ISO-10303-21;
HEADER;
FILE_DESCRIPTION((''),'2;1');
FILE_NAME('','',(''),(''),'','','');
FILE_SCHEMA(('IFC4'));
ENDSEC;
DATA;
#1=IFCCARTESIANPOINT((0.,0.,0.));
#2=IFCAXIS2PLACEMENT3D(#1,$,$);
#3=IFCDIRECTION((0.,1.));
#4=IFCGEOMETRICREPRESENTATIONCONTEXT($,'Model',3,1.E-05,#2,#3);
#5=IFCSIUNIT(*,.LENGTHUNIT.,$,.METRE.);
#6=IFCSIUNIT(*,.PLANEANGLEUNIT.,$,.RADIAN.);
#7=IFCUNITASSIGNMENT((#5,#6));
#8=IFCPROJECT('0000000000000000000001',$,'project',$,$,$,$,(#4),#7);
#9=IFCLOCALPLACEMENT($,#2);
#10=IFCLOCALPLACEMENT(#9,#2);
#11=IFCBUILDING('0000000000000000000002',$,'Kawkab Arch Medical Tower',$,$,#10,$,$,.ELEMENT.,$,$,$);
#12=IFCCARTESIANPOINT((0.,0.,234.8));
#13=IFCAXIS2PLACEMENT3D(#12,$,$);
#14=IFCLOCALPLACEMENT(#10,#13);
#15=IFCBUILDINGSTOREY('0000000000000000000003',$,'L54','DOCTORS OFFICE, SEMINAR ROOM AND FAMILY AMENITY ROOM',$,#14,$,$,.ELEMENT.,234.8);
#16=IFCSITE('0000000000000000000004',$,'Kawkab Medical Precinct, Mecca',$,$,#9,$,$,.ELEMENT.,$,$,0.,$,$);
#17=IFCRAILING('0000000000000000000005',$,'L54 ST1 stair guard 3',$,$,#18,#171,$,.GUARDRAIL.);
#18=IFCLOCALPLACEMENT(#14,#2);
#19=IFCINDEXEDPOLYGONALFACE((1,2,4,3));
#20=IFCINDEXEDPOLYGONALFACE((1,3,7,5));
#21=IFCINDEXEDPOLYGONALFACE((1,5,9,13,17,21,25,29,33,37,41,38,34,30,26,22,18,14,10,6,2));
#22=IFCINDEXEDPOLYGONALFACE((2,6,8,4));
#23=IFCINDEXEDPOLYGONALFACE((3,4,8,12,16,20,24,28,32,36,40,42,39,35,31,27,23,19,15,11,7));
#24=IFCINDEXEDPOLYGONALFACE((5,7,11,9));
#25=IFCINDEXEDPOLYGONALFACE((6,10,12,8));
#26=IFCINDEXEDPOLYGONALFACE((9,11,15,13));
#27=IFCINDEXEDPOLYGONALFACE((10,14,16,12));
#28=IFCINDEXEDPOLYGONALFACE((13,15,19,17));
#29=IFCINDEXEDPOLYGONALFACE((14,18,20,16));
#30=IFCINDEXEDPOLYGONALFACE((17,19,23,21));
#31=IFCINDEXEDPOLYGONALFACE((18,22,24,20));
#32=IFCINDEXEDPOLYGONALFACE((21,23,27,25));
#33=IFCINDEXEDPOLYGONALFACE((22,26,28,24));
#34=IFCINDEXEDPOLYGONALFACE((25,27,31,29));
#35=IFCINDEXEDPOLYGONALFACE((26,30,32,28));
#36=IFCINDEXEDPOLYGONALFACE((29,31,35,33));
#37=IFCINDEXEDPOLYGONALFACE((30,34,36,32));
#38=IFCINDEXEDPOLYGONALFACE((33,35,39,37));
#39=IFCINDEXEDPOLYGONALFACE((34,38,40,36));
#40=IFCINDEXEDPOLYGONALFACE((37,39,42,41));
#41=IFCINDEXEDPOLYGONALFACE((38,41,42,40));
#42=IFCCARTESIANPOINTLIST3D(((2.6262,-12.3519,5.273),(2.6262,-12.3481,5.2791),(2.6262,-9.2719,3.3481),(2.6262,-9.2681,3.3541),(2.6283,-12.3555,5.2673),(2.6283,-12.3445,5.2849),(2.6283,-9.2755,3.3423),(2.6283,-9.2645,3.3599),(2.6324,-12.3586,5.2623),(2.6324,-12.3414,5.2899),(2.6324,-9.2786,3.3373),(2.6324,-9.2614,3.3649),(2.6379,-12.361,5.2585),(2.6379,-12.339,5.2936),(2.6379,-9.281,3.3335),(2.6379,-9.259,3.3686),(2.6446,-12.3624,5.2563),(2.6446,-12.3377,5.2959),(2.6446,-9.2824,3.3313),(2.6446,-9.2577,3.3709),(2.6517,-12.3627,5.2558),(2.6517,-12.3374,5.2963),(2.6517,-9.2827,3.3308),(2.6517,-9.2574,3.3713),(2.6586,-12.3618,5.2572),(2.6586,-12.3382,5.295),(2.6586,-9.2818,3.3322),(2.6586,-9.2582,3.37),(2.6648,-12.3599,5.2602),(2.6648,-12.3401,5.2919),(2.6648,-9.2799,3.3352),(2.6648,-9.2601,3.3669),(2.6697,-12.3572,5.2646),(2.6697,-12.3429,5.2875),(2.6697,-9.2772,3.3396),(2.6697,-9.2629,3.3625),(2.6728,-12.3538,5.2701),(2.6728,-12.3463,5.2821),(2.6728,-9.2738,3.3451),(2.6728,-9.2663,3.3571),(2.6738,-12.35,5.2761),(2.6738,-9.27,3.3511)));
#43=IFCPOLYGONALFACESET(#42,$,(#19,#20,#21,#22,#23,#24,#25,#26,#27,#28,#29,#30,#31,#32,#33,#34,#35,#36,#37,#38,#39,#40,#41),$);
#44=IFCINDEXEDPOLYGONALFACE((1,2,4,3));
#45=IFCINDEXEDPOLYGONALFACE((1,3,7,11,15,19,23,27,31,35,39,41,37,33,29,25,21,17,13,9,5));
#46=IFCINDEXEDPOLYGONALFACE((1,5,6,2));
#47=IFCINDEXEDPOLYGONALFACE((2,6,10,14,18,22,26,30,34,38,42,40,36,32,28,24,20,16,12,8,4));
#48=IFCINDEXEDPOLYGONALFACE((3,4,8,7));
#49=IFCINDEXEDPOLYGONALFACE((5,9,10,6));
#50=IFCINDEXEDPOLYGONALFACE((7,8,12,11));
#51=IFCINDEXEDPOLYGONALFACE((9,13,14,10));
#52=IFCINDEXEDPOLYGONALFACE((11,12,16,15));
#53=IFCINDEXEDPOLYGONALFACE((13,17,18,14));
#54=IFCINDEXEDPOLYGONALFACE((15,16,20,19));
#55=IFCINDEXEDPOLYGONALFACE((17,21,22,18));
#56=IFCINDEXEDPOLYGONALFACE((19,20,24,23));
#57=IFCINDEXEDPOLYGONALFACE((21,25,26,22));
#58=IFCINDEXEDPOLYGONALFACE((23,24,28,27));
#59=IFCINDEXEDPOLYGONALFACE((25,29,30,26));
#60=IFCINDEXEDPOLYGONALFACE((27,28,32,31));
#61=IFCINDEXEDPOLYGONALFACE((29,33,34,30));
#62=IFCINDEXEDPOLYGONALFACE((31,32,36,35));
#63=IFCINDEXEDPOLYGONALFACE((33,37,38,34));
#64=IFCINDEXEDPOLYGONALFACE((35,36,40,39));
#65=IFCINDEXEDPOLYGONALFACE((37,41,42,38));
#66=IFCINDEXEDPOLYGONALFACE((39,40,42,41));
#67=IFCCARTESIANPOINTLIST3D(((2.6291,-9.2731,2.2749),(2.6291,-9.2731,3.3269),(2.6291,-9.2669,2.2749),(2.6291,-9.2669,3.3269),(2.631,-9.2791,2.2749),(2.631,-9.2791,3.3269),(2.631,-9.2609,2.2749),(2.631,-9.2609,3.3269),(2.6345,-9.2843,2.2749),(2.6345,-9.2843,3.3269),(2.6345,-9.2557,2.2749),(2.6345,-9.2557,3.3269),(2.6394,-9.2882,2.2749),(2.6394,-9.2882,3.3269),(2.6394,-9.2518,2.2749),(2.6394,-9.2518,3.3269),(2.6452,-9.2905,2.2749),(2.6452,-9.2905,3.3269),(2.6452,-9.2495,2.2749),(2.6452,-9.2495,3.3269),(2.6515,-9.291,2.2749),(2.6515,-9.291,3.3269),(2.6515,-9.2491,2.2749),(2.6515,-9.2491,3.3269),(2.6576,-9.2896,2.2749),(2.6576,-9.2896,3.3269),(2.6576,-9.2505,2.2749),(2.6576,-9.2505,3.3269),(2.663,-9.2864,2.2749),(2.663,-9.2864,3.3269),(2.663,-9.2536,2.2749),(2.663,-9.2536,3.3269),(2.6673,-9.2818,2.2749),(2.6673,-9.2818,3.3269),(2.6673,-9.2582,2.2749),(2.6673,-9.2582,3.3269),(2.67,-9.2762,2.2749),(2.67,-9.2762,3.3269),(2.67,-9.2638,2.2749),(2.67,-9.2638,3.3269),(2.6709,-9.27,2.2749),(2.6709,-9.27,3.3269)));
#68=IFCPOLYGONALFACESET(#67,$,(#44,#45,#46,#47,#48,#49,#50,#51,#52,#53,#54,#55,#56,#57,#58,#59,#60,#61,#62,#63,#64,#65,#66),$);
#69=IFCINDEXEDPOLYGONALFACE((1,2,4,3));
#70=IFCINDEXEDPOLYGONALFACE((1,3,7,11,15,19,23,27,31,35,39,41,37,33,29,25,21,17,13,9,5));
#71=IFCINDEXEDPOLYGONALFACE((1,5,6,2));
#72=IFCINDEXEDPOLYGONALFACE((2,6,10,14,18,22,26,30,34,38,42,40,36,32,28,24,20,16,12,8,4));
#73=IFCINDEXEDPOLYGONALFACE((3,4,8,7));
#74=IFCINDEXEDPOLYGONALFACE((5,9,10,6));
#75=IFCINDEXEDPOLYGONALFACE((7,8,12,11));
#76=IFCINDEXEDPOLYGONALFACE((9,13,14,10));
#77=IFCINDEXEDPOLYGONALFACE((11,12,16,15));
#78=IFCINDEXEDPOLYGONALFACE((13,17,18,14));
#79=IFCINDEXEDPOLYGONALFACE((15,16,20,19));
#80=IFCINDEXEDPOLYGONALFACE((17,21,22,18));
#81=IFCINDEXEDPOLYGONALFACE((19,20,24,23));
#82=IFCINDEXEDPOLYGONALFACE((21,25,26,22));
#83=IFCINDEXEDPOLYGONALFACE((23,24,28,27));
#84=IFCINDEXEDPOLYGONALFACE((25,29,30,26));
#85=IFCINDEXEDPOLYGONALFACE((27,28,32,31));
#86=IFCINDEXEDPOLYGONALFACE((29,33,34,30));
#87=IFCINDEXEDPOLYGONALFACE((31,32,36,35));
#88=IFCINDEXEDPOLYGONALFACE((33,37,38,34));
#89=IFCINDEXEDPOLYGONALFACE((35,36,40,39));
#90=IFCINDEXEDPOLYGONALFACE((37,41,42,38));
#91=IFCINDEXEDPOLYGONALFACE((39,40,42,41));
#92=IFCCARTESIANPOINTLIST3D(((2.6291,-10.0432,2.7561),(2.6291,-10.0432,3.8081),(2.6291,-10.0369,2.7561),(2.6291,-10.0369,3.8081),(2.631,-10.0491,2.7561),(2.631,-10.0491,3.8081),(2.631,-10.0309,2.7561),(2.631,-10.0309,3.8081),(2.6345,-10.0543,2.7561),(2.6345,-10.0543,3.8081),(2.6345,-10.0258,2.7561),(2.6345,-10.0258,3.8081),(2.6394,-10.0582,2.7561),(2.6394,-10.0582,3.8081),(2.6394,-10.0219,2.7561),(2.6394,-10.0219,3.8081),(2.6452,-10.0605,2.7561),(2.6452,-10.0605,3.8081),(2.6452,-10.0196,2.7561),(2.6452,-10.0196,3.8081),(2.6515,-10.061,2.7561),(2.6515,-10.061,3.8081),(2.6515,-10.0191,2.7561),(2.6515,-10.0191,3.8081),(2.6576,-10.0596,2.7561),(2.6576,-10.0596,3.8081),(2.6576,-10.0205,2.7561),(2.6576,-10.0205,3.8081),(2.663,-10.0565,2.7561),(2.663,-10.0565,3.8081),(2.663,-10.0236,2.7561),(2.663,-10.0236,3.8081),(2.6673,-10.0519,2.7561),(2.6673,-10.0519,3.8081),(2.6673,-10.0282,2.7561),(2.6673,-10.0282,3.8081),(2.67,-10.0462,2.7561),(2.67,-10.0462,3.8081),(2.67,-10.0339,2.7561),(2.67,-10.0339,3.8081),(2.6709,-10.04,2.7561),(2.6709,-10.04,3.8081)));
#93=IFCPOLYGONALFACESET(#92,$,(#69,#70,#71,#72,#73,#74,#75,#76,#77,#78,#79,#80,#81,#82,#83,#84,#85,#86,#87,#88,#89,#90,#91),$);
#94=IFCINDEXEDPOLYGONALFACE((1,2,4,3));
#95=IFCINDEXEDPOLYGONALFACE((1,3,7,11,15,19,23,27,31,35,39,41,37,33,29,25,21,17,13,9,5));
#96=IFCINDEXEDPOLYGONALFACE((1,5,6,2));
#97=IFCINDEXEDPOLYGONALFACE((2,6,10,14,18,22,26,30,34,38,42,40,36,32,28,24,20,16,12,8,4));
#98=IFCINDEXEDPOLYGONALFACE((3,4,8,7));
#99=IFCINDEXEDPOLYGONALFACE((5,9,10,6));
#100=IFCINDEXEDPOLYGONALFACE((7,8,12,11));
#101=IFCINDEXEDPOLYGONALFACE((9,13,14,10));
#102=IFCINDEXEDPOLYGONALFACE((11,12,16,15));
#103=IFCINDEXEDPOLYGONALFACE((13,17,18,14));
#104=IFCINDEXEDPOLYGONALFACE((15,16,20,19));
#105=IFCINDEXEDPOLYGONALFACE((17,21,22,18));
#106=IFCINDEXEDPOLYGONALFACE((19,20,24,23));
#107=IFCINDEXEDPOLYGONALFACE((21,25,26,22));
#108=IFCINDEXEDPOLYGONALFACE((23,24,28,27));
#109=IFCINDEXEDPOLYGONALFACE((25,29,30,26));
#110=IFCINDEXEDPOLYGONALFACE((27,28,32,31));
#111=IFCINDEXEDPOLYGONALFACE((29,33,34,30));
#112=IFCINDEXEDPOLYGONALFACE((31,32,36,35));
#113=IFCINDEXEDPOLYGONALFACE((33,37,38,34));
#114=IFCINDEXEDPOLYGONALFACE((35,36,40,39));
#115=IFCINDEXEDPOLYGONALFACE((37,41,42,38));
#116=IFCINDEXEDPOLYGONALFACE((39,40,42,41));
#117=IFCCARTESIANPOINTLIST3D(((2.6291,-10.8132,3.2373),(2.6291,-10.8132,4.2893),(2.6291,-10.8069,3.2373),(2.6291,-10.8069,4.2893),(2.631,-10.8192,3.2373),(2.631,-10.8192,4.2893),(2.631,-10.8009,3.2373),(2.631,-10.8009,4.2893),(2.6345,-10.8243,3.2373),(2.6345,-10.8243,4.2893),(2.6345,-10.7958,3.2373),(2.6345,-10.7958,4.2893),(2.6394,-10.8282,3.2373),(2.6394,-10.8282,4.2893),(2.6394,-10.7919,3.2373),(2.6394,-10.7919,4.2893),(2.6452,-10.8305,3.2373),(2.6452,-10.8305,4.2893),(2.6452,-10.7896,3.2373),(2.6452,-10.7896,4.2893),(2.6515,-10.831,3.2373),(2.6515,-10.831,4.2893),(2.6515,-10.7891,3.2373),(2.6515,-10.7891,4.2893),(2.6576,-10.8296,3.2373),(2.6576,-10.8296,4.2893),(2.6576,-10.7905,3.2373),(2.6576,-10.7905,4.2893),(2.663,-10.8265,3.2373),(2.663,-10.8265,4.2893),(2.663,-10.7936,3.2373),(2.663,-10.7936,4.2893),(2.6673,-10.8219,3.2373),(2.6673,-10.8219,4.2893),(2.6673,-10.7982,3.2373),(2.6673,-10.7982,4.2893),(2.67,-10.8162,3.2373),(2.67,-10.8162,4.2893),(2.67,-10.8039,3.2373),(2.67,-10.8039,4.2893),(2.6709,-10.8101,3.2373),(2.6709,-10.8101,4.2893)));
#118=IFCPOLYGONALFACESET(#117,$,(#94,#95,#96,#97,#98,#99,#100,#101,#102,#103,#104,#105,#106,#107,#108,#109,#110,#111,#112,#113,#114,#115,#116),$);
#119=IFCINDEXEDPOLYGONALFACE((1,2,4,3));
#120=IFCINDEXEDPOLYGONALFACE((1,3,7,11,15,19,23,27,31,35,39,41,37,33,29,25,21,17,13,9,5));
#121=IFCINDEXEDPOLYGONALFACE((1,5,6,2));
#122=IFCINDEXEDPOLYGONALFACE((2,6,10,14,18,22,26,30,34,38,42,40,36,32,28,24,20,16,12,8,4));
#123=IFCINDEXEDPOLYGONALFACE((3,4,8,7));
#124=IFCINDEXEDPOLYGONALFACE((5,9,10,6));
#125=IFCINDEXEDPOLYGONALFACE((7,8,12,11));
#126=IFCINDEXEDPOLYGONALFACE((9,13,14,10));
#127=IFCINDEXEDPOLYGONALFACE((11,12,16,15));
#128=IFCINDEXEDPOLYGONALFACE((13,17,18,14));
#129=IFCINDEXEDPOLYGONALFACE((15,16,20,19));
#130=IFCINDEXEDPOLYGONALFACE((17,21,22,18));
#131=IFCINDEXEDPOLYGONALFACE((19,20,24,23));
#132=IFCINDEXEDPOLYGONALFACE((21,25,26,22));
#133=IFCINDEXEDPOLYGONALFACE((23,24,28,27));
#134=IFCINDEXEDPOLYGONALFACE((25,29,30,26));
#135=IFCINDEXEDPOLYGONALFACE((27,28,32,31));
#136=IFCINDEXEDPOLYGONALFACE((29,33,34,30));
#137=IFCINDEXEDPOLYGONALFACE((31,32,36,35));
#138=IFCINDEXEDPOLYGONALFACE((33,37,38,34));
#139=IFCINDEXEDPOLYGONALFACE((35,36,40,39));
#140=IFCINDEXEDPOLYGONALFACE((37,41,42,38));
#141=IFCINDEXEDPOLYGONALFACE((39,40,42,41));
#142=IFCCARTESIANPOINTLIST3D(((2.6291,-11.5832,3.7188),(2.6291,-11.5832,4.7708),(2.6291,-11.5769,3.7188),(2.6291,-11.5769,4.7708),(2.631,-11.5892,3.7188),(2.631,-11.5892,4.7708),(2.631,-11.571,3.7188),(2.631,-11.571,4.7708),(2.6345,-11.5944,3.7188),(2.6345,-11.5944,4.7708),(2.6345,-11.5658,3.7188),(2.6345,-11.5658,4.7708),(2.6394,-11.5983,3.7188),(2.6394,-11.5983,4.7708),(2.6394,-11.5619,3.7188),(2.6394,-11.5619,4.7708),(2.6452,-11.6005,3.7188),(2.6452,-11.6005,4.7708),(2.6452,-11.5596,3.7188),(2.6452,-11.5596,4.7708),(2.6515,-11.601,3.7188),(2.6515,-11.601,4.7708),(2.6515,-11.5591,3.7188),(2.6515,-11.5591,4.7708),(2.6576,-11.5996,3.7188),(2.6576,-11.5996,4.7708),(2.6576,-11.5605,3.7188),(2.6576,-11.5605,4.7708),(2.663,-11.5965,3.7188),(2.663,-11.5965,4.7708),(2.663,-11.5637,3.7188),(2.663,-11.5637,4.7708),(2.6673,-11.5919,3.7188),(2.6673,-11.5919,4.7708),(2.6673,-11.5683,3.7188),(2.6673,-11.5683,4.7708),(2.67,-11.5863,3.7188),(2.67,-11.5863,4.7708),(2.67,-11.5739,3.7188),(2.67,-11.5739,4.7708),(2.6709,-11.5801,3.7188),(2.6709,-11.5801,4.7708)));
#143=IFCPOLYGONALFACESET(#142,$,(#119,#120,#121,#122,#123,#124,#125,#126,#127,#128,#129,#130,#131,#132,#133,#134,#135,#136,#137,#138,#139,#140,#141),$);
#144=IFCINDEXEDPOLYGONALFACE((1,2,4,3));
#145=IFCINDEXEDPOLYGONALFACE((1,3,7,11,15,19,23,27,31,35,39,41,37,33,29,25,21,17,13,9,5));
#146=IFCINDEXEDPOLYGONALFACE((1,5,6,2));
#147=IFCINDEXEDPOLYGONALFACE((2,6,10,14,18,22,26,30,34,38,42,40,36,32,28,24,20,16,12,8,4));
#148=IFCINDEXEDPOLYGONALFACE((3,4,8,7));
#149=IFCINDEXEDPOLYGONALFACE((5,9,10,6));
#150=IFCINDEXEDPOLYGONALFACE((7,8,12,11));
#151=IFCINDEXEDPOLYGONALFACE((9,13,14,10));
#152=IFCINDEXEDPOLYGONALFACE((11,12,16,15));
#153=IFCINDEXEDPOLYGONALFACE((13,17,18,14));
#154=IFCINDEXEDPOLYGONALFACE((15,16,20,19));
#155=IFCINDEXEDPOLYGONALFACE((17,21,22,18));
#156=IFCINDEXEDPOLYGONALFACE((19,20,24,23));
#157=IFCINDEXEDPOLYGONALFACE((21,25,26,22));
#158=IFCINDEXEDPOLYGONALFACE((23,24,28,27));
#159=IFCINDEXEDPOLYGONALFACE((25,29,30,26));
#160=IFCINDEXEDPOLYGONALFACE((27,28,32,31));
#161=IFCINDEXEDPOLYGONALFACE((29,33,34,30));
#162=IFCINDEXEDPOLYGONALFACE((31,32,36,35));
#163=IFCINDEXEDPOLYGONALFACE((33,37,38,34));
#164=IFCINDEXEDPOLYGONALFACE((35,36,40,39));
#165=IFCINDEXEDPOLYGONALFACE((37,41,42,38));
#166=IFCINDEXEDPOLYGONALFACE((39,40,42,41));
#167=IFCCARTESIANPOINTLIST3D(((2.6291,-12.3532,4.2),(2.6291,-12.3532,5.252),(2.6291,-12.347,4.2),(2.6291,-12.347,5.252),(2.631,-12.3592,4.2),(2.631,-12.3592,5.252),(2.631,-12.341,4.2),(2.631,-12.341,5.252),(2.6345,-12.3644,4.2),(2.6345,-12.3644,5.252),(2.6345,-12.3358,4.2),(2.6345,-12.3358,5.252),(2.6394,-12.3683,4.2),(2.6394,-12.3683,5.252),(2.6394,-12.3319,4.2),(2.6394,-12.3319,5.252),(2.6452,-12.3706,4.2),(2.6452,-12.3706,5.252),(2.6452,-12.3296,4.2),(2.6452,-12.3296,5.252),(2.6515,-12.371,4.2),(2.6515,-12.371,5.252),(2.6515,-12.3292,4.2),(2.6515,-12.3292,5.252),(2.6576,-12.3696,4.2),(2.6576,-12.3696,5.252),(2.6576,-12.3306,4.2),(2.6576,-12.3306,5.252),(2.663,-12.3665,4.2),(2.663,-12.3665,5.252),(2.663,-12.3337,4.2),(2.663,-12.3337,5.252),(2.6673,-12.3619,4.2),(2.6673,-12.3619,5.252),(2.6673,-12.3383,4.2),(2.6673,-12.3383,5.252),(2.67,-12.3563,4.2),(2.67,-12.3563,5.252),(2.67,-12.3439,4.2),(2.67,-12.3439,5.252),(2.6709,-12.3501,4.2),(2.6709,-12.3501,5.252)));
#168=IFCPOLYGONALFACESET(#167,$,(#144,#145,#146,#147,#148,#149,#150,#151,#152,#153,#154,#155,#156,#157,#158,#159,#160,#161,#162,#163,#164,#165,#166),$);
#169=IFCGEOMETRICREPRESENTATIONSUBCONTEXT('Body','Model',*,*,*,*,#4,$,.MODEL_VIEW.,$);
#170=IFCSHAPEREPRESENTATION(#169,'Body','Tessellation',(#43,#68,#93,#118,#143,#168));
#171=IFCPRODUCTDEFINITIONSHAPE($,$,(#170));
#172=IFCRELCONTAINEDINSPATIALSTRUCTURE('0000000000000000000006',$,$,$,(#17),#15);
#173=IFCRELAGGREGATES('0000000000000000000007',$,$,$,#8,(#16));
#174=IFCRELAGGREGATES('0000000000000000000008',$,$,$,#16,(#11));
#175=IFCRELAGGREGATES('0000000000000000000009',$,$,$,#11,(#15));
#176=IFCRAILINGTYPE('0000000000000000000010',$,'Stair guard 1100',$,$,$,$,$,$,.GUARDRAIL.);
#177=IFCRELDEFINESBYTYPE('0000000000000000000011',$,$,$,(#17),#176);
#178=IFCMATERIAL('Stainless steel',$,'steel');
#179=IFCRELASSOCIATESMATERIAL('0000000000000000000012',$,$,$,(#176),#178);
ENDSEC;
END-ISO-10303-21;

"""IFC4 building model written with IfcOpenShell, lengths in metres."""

from ifc_helpers import new_model, si_unit, direction, frame, origin, origin_2d, place, context, subcontext, project, spatial, circle, extrude, material, type_object, element, save


model = new_model("IFC4")

# Units and contexts
model_context = context("Model", 3, precision=1e-05, world=origin(), true_north=direction((0.0, 1.0)))
body_context = subcontext(model_context, "Body", "Model", "MODEL_VIEW")
ifc_project = project(units=[si_unit("LENGTHUNIT", "METRE"), si_unit("PLANEANGLEUNIT", "RADIAN")], contexts=[model_context])

# Site, building, storey
site_placement = place(None, origin())
site = spatial("IfcSite", under=ifc_project, at=site_placement, Name="Kawkab Medical Precinct, Mecca", CompositionType="ELEMENT", RefElevation=0.0)
building_placement = place(site_placement, origin())
building = spatial("IfcBuilding", under=site, at=building_placement, Name="Kawkab Arch Medical Tower", CompositionType="ELEMENT")
storey_placement = place(building_placement, frame((0.0, 0.0, 234.8)))
storey = spatial("IfcBuildingStorey", under=building, at=storey_placement, Name="L54", Description="DOCTORS OFFICE, SEMINAR ROOM AND FAMILY AMENITY ROOM", CompositionType="ELEMENT", Elevation=234.8)

# Railing
ifc_material_1 = material(Name="Stainless steel", Category="steel")
railing_type_1 = type_object("IfcRailingType", Name="Stair guard 1100", PredefinedType="GUARDRAIL", material=ifc_material_1)
railing_1_placement = place(storey_placement, frame((2.6499, -9.27, 2.2749)))
element("IfcRailing", 1, at=railing_1_placement, inside=storey, type_object=railing_type_1, Name="L54 ST1 stair guard 3", PredefinedType="GUARDRAIL", context=body_context, shape_type="SweptSolid", body=[
    extrude(circle(Radius=0.0239, at=origin_2d()), frame((0.0, 0.0, 1.0762), z_axis=(0.0, -0.847998, 0.529999), x_axis=(1.0, 0.0, 0.0)), (0.0, 0.0, 1.0), 3.6321),
    extrude(circle(Radius=0.021, at=origin_2d()), origin(), (0.0, 0.0, 1.0), 1.052),
    extrude(circle(Radius=0.021, at=origin_2d()), frame((0.0, -0.77, 0.4812)), (0.0, 0.0, 1.0), 1.052),
    extrude(circle(Radius=0.021, at=origin_2d()), frame((0.0, -1.54, 0.9624)), (0.0, 0.0, 1.0), 1.052),
    extrude(circle(Radius=0.021, at=origin_2d()), frame((0.0, -2.3101, 1.4438)), (0.0, 0.0, 1.0), 1.052),
    extrude(circle(Radius=0.021, at=origin_2d()), frame((0.0, -3.0801, 1.925)), (0.0, 0.0, 1.0), 1.052),
])

save(model, "model.ifc")
